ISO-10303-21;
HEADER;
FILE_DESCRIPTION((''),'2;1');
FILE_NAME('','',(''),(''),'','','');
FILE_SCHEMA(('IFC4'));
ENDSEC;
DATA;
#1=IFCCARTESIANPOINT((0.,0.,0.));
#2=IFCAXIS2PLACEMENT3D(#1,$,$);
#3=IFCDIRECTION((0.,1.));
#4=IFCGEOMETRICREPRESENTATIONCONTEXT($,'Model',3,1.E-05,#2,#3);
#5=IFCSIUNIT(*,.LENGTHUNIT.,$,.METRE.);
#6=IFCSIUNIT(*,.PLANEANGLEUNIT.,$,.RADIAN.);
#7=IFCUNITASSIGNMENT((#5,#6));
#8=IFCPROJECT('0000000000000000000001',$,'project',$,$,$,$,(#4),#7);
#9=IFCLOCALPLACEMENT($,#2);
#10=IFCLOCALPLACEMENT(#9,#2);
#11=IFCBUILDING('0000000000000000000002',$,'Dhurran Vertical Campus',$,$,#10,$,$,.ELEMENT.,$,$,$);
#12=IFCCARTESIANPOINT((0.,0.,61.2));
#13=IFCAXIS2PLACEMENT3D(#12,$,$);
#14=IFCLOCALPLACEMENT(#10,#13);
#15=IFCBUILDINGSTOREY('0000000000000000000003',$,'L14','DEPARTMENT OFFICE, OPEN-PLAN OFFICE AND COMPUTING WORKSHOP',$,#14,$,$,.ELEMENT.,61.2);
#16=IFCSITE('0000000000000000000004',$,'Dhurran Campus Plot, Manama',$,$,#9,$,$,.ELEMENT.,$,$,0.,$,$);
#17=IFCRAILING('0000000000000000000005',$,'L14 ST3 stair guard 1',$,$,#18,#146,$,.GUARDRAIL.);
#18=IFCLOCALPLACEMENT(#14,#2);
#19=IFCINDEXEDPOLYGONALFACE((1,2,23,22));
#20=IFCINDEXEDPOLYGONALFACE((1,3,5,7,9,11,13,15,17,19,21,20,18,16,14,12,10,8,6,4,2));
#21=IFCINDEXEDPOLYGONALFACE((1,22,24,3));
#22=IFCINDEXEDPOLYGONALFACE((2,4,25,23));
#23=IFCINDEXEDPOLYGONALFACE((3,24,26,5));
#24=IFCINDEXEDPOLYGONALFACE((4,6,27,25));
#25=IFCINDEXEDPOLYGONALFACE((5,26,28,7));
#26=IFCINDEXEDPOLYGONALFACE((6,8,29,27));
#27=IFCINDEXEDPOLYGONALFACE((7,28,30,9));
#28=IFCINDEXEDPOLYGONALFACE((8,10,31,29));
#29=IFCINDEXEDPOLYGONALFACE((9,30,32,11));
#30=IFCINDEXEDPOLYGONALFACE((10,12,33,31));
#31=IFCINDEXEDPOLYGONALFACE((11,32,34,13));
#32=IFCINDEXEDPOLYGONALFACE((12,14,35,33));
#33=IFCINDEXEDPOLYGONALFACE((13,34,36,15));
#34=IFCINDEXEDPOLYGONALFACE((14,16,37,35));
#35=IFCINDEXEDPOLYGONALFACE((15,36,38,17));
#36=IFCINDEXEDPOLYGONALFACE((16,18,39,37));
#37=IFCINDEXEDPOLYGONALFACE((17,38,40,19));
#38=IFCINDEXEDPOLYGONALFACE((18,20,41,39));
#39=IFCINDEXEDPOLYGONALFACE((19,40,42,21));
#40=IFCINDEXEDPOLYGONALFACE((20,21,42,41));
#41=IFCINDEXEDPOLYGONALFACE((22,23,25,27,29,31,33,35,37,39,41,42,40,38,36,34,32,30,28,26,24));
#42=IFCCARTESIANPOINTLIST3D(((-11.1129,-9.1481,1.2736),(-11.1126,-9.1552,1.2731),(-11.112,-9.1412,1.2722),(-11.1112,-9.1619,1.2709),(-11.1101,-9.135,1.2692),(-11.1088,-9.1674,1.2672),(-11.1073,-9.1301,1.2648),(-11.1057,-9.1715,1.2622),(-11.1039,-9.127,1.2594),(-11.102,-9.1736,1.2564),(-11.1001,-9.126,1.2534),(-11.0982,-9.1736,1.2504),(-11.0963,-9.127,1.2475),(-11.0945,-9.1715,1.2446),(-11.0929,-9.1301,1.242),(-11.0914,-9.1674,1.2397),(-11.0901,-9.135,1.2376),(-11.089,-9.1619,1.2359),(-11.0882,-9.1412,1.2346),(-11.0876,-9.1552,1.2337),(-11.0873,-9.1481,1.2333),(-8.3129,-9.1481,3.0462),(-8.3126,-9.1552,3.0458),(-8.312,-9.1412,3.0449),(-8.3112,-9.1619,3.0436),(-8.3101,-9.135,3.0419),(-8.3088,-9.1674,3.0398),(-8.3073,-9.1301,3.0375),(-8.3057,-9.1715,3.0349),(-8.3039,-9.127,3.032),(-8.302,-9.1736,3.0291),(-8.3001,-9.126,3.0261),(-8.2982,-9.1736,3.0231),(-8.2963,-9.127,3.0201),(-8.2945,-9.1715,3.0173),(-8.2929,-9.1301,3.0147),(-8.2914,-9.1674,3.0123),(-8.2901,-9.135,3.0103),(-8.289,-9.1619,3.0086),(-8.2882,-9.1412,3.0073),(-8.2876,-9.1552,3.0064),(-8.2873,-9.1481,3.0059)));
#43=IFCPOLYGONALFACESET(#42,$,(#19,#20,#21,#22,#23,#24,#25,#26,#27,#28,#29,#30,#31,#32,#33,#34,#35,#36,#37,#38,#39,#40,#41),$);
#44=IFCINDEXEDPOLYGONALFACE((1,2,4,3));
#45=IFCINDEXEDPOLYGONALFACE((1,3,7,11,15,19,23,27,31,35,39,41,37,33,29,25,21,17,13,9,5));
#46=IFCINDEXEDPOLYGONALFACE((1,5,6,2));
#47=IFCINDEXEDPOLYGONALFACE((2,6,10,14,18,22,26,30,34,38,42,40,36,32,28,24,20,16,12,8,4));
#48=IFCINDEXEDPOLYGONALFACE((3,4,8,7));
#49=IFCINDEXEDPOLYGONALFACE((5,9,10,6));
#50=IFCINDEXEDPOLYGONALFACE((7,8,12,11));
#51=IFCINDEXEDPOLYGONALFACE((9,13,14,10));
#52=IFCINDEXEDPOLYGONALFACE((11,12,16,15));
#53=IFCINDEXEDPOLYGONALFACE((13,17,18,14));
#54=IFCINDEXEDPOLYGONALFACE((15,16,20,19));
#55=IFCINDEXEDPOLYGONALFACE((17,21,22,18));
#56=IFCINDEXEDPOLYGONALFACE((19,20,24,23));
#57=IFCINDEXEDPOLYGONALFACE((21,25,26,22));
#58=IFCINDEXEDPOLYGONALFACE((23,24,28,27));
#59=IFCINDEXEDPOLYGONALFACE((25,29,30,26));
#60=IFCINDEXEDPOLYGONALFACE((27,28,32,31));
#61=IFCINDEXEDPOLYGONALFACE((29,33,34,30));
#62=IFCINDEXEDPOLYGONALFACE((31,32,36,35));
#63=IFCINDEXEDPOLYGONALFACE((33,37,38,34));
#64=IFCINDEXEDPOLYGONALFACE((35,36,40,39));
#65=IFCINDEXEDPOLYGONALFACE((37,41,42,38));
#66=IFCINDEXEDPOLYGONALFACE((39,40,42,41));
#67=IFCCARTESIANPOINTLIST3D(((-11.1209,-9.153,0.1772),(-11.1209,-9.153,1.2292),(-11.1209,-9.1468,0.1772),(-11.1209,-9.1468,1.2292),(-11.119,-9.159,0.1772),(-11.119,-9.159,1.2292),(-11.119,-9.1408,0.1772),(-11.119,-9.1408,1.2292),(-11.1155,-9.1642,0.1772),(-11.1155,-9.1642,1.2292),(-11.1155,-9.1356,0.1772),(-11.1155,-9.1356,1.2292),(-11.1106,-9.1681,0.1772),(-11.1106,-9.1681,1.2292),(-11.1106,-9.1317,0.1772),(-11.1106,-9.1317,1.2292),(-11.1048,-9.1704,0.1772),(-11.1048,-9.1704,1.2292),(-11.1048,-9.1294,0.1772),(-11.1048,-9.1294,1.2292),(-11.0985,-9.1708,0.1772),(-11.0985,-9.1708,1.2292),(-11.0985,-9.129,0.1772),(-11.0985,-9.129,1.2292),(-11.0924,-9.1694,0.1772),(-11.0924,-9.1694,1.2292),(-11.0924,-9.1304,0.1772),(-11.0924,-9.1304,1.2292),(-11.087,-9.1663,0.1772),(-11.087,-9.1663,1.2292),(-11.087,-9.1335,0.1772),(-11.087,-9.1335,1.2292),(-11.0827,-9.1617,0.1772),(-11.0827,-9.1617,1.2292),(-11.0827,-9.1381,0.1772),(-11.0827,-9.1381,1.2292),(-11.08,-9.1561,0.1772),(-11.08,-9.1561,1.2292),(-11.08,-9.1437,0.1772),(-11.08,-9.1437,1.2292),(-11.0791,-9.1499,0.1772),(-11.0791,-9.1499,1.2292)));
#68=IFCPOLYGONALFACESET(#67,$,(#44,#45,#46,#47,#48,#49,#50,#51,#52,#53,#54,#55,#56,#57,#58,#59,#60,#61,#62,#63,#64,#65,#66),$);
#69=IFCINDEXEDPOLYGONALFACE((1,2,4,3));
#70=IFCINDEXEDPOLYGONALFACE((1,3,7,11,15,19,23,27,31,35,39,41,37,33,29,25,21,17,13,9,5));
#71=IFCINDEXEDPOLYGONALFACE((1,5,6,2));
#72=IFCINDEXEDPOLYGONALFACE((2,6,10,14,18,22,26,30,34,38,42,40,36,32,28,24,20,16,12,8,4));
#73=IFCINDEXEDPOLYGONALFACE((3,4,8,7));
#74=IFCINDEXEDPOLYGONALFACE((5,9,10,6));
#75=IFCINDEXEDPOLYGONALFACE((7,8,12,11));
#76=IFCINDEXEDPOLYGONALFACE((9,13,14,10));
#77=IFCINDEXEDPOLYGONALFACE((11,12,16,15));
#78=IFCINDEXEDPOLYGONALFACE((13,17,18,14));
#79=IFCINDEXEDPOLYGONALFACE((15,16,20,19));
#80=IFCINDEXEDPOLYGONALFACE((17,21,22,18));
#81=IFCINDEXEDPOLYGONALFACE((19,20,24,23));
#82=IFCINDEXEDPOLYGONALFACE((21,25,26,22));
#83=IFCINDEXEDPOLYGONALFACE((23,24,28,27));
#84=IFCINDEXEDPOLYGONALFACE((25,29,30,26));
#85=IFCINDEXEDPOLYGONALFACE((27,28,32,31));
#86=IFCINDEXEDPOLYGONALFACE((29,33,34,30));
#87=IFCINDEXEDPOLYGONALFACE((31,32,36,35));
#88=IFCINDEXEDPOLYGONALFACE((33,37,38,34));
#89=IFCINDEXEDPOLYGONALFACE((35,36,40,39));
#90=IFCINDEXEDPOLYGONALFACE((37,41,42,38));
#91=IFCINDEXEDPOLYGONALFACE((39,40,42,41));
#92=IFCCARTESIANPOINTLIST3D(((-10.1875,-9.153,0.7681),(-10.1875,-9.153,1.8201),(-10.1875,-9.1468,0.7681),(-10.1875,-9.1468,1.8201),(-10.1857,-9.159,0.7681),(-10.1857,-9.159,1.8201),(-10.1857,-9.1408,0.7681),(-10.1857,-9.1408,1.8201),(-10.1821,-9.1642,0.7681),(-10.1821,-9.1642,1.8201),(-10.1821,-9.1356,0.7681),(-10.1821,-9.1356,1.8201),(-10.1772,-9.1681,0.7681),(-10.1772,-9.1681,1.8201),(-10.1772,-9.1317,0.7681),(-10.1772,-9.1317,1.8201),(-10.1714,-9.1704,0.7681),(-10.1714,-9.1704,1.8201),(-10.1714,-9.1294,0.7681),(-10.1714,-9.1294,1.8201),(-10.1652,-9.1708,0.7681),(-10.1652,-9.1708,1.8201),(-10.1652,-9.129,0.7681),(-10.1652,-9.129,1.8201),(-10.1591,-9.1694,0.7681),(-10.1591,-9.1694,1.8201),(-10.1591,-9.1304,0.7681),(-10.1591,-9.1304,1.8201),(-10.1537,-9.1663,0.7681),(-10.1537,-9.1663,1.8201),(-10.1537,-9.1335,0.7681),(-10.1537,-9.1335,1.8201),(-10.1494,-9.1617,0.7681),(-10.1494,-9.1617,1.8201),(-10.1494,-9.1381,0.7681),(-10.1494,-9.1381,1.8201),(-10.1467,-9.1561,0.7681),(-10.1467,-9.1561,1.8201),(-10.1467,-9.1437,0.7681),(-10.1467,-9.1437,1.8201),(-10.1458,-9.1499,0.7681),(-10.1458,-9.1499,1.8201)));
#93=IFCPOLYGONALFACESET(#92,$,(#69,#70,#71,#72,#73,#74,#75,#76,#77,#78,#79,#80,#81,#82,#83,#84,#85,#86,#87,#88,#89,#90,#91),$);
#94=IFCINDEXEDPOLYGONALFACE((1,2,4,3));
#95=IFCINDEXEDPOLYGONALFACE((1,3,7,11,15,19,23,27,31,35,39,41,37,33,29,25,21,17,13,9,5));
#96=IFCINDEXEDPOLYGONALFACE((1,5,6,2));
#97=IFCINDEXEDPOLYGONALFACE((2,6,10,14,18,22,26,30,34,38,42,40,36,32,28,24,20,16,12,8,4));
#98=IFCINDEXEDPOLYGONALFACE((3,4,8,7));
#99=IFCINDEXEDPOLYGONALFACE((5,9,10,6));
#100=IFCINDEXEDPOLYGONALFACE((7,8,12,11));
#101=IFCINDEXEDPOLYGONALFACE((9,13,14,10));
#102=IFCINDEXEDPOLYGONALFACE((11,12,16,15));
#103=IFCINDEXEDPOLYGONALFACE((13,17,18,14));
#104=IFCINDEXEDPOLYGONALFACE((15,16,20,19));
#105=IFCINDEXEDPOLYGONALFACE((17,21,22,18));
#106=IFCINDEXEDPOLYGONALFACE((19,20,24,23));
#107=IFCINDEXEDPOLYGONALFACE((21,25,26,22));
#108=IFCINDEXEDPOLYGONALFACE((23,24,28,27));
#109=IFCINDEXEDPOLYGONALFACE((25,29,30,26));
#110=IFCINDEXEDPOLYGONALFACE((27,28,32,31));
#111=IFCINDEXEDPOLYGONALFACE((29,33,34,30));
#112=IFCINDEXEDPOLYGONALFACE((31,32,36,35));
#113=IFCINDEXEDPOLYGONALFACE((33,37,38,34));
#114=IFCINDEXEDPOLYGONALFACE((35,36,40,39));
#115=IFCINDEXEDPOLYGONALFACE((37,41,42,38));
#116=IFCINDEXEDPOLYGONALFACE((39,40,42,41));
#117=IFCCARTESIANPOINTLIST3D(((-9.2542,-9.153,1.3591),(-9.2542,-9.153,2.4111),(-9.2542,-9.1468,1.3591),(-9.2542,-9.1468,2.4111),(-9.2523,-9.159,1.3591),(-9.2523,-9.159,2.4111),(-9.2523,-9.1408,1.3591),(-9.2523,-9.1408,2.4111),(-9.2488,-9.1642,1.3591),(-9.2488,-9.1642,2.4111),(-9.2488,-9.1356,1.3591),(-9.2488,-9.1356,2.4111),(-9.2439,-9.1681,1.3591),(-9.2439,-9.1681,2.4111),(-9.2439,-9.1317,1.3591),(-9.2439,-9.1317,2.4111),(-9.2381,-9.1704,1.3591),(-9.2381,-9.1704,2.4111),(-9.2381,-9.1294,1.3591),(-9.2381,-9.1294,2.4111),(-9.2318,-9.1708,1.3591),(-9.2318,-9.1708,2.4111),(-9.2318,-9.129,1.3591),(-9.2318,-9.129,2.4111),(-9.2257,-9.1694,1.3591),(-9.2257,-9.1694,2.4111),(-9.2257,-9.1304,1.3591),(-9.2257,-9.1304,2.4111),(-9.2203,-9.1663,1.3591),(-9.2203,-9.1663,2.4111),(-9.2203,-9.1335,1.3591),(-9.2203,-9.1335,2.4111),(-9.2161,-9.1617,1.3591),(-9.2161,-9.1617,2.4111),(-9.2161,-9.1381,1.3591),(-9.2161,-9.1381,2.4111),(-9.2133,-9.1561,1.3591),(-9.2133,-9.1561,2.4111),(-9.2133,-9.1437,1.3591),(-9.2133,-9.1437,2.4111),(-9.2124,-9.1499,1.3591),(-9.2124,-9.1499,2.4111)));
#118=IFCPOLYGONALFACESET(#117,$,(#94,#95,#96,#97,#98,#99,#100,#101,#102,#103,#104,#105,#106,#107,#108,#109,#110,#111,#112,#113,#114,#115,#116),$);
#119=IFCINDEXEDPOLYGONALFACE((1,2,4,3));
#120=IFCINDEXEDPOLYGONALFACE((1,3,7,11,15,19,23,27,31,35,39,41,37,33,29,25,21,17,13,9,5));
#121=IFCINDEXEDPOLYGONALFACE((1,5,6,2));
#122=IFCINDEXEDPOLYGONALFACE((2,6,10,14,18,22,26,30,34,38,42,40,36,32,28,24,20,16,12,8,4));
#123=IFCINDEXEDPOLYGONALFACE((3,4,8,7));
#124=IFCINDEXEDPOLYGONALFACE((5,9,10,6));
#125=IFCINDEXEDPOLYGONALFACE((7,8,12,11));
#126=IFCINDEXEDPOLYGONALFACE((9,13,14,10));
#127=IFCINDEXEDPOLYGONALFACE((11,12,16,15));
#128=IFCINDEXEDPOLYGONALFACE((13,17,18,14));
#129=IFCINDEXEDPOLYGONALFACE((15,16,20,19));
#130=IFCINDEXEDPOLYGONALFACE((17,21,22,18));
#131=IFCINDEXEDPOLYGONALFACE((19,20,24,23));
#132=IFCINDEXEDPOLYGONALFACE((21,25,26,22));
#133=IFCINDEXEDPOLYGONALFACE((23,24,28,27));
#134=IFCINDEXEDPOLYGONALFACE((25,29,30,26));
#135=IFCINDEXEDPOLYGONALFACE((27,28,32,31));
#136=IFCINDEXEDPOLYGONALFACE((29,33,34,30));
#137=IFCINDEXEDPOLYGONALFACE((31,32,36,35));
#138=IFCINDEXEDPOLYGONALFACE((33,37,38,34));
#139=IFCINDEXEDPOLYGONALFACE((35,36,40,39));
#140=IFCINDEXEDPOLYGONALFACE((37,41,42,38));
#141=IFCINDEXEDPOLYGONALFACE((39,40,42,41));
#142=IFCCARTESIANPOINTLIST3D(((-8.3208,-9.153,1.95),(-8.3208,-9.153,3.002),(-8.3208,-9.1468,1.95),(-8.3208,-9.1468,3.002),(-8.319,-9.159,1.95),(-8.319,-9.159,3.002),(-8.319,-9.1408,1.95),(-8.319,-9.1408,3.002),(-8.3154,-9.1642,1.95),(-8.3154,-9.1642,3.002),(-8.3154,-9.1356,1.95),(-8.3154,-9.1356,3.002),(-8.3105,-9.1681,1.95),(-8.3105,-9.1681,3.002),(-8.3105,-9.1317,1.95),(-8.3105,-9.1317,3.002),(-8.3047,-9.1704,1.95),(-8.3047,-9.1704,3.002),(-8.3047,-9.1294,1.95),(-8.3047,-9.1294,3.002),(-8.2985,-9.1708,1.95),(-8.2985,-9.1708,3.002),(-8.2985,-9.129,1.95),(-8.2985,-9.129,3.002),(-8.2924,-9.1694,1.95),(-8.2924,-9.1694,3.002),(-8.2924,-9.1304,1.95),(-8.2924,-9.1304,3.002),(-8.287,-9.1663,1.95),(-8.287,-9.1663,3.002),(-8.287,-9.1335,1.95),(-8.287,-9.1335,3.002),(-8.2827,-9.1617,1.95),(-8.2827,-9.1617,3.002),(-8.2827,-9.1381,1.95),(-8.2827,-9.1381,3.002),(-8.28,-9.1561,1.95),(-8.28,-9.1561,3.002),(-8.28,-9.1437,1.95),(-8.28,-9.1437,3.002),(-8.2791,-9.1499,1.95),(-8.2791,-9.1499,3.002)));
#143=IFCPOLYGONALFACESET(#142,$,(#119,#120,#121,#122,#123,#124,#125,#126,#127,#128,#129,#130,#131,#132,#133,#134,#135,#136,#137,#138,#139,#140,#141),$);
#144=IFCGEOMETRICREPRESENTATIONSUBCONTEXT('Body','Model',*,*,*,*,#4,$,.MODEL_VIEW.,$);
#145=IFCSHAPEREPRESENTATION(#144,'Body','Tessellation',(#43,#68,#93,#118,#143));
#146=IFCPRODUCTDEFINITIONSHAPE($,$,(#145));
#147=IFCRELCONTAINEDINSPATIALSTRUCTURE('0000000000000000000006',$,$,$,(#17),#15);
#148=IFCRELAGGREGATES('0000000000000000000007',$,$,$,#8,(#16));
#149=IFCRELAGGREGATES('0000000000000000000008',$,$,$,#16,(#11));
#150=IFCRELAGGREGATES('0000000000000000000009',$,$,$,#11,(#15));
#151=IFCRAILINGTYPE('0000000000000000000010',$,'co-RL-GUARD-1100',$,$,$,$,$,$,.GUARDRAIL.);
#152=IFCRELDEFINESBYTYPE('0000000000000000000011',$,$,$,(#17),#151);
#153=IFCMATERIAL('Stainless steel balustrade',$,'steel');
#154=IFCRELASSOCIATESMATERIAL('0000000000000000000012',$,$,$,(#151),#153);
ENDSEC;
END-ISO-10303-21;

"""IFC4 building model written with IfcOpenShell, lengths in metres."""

from ifc_helpers import new_model, si_unit, direction, frame, origin, origin_2d, place, context, subcontext, project, spatial, circle, extrude, material, type_object, element, save


model = new_model("IFC4")

# Units and contexts
model_context = context("Model", 3, precision=1e-05, world=origin(), true_north=direction((0.0, 1.0)))
body_context = subcontext(model_context, "Body", "Model", "MODEL_VIEW")
ifc_project = project(units=[si_unit("LENGTHUNIT", "METRE"), si_unit("PLANEANGLEUNIT", "RADIAN")], contexts=[model_context])

# Site, building, storey
site_placement = place(None, origin())
site = spatial("IfcSite", under=ifc_project, at=site_placement, Name="Dhurran Campus Plot, Manama", CompositionType="ELEMENT", RefElevation=0.0)
building_placement = place(site_placement, origin())
building = spatial("IfcBuilding", under=site, at=building_placement, Name="Dhurran Vertical Campus", CompositionType="ELEMENT")
storey_placement = place(building_placement, frame((0.0, 0.0, 61.2)))
storey = spatial("IfcBuildingStorey", under=building, at=storey_placement, Name="L14", Description="DEPARTMENT OFFICE, OPEN-PLAN OFFICE AND COMPUTING WORKSHOP", CompositionType="ELEMENT", Elevation=61.2)

# Railing
ifc_material_1 = material(Name="Stainless steel balustrade", Category="steel")
railing_type_1 = type_object("IfcRailingType", Name="co-RL-GUARD-1100", PredefinedType="GUARDRAIL", material=ifc_material_1)
railing_1_placement = place(storey_placement, frame((-11.1001, -9.1499, 0.1772)))
element("IfcRailing", 1, at=railing_1_placement, inside=storey, type_object=railing_type_1, Name="L14 ST3 stair guard 1", PredefinedType="GUARDRAIL", context=body_context, shape_type="SweptSolid", body=[
    extrude(circle(Radius=0.0239, at=origin_2d()), frame((0.0, 0.0, 1.0762), z_axis=(0.844909, 0.0, 0.53491), x_axis=(0.0, 1.0, 0.0)), (0.0, 0.0, 1.0), 3.314),
    extrude(circle(Radius=0.021, at=origin_2d()), origin(), (0.0, 0.0, 1.0), 1.052),
    extrude(circle(Radius=0.021, at=origin_2d()), frame((0.9333, 0.0, 0.5908)), (0.0, 0.0, 1.0), 1.052),
    extrude(circle(Radius=0.021, at=origin_2d()), frame((1.8667, 0.0, 1.1819)), (0.0, 0.0, 1.0), 1.052),
    extrude(circle(Radius=0.021, at=origin_2d()), frame((2.8, 0.0, 1.7727)), (0.0, 0.0, 1.0), 1.052),
])

save(model, "model.ifc")
